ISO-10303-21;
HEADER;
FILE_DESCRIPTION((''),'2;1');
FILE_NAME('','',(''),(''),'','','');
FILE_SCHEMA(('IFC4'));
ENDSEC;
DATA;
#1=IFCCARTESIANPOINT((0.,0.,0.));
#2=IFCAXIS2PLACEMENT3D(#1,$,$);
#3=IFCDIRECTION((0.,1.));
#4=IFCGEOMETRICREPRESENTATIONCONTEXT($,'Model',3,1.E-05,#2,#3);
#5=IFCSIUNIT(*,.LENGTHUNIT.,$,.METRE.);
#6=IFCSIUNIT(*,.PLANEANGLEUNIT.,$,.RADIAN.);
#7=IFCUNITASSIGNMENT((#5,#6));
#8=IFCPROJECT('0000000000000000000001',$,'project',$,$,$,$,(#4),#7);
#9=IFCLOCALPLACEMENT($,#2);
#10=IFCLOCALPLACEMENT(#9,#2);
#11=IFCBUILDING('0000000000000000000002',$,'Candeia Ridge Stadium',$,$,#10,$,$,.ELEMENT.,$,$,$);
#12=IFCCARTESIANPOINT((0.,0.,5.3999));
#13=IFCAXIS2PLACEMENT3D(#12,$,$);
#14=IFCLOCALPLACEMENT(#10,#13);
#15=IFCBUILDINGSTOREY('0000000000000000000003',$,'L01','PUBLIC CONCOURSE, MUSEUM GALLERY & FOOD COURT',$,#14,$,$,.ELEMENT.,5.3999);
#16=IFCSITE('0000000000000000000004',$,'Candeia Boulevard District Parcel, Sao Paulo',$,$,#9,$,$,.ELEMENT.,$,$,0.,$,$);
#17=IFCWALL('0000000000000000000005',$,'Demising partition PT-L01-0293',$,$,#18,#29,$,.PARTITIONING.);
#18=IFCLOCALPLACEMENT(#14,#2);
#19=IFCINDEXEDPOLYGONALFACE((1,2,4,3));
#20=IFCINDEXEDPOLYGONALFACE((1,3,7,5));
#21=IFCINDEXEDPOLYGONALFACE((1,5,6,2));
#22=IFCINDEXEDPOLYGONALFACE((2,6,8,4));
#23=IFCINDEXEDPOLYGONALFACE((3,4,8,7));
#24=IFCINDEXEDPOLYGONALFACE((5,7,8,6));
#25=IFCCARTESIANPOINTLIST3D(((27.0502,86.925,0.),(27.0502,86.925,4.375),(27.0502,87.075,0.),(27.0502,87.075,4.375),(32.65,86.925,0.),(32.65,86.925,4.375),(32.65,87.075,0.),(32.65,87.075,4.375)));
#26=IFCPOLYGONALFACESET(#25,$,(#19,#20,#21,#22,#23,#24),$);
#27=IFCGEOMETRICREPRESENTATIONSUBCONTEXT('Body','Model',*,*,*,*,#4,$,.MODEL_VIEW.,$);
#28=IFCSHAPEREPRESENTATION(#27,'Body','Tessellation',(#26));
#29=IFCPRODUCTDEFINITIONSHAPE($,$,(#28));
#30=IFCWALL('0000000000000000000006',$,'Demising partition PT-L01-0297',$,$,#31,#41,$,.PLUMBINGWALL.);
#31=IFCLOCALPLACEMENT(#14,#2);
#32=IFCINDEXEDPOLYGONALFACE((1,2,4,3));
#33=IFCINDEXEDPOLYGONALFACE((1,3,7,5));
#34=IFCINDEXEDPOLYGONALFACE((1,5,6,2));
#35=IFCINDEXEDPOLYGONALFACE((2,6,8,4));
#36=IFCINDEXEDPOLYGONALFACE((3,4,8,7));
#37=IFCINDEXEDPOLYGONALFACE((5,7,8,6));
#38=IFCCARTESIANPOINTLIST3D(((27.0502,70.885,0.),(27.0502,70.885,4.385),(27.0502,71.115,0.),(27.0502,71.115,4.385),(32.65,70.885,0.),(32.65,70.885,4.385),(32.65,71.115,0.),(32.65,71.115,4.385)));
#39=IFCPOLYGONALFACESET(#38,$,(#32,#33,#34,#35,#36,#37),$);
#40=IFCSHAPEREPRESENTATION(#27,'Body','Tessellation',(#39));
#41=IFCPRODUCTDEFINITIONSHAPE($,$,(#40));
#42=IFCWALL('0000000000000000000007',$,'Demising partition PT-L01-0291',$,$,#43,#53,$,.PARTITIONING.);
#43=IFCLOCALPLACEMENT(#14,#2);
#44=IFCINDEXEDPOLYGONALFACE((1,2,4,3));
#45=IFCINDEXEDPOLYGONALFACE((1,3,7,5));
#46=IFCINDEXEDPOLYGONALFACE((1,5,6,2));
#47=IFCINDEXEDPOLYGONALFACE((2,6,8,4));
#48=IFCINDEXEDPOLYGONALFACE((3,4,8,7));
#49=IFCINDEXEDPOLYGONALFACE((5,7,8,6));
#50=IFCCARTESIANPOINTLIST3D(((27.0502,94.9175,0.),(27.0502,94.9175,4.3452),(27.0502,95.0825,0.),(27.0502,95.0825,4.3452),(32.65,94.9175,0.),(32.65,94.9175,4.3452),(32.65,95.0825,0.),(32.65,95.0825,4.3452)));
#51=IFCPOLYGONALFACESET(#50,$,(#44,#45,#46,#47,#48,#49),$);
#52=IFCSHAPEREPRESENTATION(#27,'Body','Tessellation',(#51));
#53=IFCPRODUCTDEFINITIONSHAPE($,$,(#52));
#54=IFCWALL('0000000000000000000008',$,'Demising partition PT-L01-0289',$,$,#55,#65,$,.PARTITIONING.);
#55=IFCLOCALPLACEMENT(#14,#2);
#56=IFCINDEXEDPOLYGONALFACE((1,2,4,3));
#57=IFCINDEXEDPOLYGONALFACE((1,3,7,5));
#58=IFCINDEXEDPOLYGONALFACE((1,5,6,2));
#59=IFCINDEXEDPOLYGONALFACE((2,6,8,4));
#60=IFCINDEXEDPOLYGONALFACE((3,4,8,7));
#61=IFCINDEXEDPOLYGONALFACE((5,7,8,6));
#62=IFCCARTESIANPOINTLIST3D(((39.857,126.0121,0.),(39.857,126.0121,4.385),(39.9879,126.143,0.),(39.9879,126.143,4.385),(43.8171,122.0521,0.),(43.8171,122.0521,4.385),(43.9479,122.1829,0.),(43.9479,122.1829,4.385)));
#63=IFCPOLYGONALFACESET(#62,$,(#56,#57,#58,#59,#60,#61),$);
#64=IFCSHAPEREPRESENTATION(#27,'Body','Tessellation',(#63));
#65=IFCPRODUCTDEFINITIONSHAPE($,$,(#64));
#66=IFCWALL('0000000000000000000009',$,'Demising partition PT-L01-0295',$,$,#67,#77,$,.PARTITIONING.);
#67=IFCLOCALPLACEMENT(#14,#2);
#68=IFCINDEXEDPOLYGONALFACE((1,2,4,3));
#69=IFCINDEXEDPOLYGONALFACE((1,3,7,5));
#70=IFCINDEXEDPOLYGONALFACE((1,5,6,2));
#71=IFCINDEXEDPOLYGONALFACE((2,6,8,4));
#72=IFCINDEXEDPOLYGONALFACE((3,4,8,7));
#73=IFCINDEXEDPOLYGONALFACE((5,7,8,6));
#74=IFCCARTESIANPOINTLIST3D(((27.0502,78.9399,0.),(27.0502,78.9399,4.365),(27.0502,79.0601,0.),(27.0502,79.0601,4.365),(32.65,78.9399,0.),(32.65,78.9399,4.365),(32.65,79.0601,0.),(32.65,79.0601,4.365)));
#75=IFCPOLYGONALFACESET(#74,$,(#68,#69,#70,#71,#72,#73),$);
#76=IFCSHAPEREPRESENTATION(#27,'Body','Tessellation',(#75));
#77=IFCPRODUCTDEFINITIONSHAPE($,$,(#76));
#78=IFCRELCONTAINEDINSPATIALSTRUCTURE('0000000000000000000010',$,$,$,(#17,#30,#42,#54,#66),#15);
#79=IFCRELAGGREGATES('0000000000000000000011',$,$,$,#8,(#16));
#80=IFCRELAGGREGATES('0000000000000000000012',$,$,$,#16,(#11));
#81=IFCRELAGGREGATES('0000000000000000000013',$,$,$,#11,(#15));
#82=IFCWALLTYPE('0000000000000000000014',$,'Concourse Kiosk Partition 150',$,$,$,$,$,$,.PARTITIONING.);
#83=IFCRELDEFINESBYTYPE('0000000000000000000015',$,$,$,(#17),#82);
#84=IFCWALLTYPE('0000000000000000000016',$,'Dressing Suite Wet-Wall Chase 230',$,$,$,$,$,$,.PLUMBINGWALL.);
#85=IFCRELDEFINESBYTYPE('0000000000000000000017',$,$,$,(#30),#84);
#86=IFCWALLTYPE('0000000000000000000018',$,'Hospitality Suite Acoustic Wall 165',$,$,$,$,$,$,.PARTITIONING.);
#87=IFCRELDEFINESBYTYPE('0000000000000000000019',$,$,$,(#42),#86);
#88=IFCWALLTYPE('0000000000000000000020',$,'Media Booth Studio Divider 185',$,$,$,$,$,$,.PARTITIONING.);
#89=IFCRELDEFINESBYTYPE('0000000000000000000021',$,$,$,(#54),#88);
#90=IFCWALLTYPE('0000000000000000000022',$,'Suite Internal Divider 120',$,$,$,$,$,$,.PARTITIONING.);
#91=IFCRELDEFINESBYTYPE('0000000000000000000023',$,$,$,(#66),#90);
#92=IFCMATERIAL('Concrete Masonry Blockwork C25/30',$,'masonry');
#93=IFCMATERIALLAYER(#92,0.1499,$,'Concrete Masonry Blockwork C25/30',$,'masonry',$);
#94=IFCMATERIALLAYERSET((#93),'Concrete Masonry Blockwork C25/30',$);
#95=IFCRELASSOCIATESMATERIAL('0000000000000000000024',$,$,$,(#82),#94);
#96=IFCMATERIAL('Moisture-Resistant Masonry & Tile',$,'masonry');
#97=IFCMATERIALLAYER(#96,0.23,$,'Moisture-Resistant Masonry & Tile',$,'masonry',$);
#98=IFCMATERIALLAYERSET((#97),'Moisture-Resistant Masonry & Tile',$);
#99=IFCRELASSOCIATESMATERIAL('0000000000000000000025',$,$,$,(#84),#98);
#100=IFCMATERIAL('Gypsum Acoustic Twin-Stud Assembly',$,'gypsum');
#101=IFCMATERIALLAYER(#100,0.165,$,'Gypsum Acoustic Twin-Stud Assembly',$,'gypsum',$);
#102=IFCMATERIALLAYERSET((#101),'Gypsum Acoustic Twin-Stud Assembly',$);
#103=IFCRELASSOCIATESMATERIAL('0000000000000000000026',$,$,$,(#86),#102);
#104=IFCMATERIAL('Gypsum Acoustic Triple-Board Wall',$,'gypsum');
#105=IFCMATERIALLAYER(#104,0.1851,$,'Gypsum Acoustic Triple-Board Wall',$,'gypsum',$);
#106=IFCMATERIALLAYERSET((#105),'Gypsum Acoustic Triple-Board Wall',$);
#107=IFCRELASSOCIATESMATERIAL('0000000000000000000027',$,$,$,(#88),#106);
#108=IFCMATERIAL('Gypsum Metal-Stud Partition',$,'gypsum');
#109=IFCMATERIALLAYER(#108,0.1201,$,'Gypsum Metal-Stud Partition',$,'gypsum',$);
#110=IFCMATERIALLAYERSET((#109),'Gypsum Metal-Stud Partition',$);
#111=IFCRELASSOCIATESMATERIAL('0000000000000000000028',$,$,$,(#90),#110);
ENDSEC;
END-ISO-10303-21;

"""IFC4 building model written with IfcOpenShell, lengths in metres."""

from ifc_helpers import new_model, si_unit, direction, frame, frame_2d, origin, place, context, subcontext, project, spatial, rectangle, extrude, material, layer, layer_set, type_object, element, save


model = new_model("IFC4")

# Units and contexts
model_context = context("Model", 3, precision=1e-05, world=origin(), true_north=direction((0.0, 1.0)))
body_context = subcontext(model_context, "Body", "Model", "MODEL_VIEW")
ifc_project = project(units=[si_unit("LENGTHUNIT", "METRE"), si_unit("PLANEANGLEUNIT", "RADIAN")], contexts=[model_context])

# Site, building, storey
site_placement = place(None, origin())
site = spatial("IfcSite", under=ifc_project, at=site_placement, Name="Candeia Boulevard District Parcel, Sao Paulo", CompositionType="ELEMENT", RefElevation=0.0)
building_placement = place(site_placement, origin())
building = spatial("IfcBuilding", under=site, at=building_placement, Name="Candeia Ridge Stadium", CompositionType="ELEMENT")
storey_placement = place(building_placement, frame((0.0, 0.0, 5.3999)))
storey = spatial("IfcBuildingStorey", under=building, at=storey_placement, Name="L01", Description="PUBLIC CONCOURSE, MUSEUM GALLERY & FOOD COURT", CompositionType="ELEMENT", Elevation=5.3999)

# Walls
ifc_material_1 = material(Name="Concrete Masonry Blockwork C25/30", Category="masonry")
ifc_layer_1 = layer(ifc_material_1, 0.1499, Name="Concrete Masonry Blockwork C25/30", Category="masonry")
ifc_layer_set_1 = layer_set([ifc_layer_1], Name="Concrete Masonry Blockwork C25/30")
wall_type_1 = type_object("IfcWallType", Name="Concourse Kiosk Partition 150", PredefinedType="PARTITIONING", material=ifc_layer_set_1)
wall_1_placement = place(storey_placement, frame((32.6499, 87.0, 0.0), z_axis=(0.0, 0.0, 1.0), x_axis=(-1.0, 0.0, 0.0)))
element("IfcWall", 1, at=wall_1_placement, inside=storey, type_object=wall_type_1, Name="Demising partition PT-L01-0293", PredefinedType="PARTITIONING", context=body_context, shape_type="SweptSolid", body=[
    extrude(rectangle(XDim=5.5999, YDim=0.1499, at=frame_2d((2.7998, 0.0))), origin(), (0.0, 0.0, 1.0), 4.375),
])
ifc_material_2 = material(Name="Moisture-Resistant Masonry & Tile", Category="masonry")
ifc_layer_2 = layer(ifc_material_2, 0.23, Name="Moisture-Resistant Masonry & Tile", Category="masonry")
ifc_layer_set_2 = layer_set([ifc_layer_2], Name="Moisture-Resistant Masonry & Tile")
wall_type_2 = type_object("IfcWallType", Name="Dressing Suite Wet-Wall Chase 230", PredefinedType="PLUMBINGWALL", material=ifc_layer_set_2)
wall_2_placement = place(storey_placement, frame((32.6499, 71.0, 0.0), z_axis=(0.0, 0.0, 1.0), x_axis=(-1.0, 0.0, 0.0)))
element("IfcWall", 2, at=wall_2_placement, inside=storey, type_object=wall_type_2, Name="Demising partition PT-L01-0297", PredefinedType="PLUMBINGWALL", context=body_context, shape_type="SweptSolid", body=[
    extrude(rectangle(XDim=5.5999, YDim=0.23, at=frame_2d((2.7998, 0.0))), origin(), (0.0, 0.0, 1.0), 4.385),
])
ifc_material_3 = material(Name="Gypsum Acoustic Twin-Stud Assembly", Category="gypsum")
ifc_layer_3 = layer(ifc_material_3, 0.165, Name="Gypsum Acoustic Twin-Stud Assembly", Category="gypsum")
ifc_layer_set_3 = layer_set([ifc_layer_3], Name="Gypsum Acoustic Twin-Stud Assembly")
wall_type_3 = type_object("IfcWallType", Name="Hospitality Suite Acoustic Wall 165", PredefinedType="PARTITIONING", material=ifc_layer_set_3)
wall_3_placement = place(storey_placement, frame((32.6499, 95.0, 0.0), z_axis=(0.0, 0.0, 1.0), x_axis=(-1.0, 0.0, 0.0)))
element("IfcWall", 3, at=wall_3_placement, inside=storey, type_object=wall_type_3, Name="Demising partition PT-L01-0291", PredefinedType="PARTITIONING", context=body_context, shape_type="SweptSolid", body=[
    extrude(rectangle(XDim=5.5999, YDim=0.165, at=frame_2d((2.7998, 0.0))), origin(), (0.0, 0.0, 1.0), 4.3452),
])
ifc_material_4 = material(Name="Gypsum Acoustic Triple-Board Wall", Category="gypsum")
ifc_layer_4 = layer(ifc_material_4, 0.1851, Name="Gypsum Acoustic Triple-Board Wall", Category="gypsum")
ifc_layer_set_4 = layer_set([ifc_layer_4], Name="Gypsum Acoustic Triple-Board Wall")
wall_type_4 = type_object("IfcWallType", Name="Media Booth Studio Divider 185", PredefinedType="PARTITIONING", material=ifc_layer_set_4)
wall_4_placement = place(storey_placement, frame((43.8826, 122.1174, 0.0), z_axis=(0.0, 0.0, 1.0), x_axis=(-0.707107, 0.707107, 0.0)))
element("IfcWall", 4, at=wall_4_placement, inside=storey, type_object=wall_type_4, Name="Demising partition PT-L01-0289", PredefinedType="PARTITIONING", context=body_context, shape_type="SweptSolid", body=[
    extrude(rectangle(XDim=5.6003, YDim=0.1851, at=frame_2d((2.8003, 0.0))), origin(), (0.0, 0.0, 1.0), 4.385),
])
ifc_material_5 = material(Name="Gypsum Metal-Stud Partition", Category="gypsum")
ifc_layer_5 = layer(ifc_material_5, 0.1201, Name="Gypsum Metal-Stud Partition", Category="gypsum")
ifc_layer_set_5 = layer_set([ifc_layer_5], Name="Gypsum Metal-Stud Partition")
wall_type_5 = type_object("IfcWallType", Name="Suite Internal Divider 120", PredefinedType="PARTITIONING", material=ifc_layer_set_5)
wall_5_placement = place(storey_placement, frame((32.6499, 79.0, 0.0), z_axis=(0.0, 0.0, 1.0), x_axis=(-1.0, 0.0, 0.0)))
element("IfcWall", 5, at=wall_5_placement, inside=storey, type_object=wall_type_5, Name="Demising partition PT-L01-0295", PredefinedType="PARTITIONING", context=body_context, shape_type="SweptSolid", body=[
    extrude(rectangle(XDim=5.5999, YDim=0.1201, at=frame_2d((2.7998, 0.0))), origin(), (0.0, 0.0, 1.0), 4.365),
])

save(model, "model.ifc")
